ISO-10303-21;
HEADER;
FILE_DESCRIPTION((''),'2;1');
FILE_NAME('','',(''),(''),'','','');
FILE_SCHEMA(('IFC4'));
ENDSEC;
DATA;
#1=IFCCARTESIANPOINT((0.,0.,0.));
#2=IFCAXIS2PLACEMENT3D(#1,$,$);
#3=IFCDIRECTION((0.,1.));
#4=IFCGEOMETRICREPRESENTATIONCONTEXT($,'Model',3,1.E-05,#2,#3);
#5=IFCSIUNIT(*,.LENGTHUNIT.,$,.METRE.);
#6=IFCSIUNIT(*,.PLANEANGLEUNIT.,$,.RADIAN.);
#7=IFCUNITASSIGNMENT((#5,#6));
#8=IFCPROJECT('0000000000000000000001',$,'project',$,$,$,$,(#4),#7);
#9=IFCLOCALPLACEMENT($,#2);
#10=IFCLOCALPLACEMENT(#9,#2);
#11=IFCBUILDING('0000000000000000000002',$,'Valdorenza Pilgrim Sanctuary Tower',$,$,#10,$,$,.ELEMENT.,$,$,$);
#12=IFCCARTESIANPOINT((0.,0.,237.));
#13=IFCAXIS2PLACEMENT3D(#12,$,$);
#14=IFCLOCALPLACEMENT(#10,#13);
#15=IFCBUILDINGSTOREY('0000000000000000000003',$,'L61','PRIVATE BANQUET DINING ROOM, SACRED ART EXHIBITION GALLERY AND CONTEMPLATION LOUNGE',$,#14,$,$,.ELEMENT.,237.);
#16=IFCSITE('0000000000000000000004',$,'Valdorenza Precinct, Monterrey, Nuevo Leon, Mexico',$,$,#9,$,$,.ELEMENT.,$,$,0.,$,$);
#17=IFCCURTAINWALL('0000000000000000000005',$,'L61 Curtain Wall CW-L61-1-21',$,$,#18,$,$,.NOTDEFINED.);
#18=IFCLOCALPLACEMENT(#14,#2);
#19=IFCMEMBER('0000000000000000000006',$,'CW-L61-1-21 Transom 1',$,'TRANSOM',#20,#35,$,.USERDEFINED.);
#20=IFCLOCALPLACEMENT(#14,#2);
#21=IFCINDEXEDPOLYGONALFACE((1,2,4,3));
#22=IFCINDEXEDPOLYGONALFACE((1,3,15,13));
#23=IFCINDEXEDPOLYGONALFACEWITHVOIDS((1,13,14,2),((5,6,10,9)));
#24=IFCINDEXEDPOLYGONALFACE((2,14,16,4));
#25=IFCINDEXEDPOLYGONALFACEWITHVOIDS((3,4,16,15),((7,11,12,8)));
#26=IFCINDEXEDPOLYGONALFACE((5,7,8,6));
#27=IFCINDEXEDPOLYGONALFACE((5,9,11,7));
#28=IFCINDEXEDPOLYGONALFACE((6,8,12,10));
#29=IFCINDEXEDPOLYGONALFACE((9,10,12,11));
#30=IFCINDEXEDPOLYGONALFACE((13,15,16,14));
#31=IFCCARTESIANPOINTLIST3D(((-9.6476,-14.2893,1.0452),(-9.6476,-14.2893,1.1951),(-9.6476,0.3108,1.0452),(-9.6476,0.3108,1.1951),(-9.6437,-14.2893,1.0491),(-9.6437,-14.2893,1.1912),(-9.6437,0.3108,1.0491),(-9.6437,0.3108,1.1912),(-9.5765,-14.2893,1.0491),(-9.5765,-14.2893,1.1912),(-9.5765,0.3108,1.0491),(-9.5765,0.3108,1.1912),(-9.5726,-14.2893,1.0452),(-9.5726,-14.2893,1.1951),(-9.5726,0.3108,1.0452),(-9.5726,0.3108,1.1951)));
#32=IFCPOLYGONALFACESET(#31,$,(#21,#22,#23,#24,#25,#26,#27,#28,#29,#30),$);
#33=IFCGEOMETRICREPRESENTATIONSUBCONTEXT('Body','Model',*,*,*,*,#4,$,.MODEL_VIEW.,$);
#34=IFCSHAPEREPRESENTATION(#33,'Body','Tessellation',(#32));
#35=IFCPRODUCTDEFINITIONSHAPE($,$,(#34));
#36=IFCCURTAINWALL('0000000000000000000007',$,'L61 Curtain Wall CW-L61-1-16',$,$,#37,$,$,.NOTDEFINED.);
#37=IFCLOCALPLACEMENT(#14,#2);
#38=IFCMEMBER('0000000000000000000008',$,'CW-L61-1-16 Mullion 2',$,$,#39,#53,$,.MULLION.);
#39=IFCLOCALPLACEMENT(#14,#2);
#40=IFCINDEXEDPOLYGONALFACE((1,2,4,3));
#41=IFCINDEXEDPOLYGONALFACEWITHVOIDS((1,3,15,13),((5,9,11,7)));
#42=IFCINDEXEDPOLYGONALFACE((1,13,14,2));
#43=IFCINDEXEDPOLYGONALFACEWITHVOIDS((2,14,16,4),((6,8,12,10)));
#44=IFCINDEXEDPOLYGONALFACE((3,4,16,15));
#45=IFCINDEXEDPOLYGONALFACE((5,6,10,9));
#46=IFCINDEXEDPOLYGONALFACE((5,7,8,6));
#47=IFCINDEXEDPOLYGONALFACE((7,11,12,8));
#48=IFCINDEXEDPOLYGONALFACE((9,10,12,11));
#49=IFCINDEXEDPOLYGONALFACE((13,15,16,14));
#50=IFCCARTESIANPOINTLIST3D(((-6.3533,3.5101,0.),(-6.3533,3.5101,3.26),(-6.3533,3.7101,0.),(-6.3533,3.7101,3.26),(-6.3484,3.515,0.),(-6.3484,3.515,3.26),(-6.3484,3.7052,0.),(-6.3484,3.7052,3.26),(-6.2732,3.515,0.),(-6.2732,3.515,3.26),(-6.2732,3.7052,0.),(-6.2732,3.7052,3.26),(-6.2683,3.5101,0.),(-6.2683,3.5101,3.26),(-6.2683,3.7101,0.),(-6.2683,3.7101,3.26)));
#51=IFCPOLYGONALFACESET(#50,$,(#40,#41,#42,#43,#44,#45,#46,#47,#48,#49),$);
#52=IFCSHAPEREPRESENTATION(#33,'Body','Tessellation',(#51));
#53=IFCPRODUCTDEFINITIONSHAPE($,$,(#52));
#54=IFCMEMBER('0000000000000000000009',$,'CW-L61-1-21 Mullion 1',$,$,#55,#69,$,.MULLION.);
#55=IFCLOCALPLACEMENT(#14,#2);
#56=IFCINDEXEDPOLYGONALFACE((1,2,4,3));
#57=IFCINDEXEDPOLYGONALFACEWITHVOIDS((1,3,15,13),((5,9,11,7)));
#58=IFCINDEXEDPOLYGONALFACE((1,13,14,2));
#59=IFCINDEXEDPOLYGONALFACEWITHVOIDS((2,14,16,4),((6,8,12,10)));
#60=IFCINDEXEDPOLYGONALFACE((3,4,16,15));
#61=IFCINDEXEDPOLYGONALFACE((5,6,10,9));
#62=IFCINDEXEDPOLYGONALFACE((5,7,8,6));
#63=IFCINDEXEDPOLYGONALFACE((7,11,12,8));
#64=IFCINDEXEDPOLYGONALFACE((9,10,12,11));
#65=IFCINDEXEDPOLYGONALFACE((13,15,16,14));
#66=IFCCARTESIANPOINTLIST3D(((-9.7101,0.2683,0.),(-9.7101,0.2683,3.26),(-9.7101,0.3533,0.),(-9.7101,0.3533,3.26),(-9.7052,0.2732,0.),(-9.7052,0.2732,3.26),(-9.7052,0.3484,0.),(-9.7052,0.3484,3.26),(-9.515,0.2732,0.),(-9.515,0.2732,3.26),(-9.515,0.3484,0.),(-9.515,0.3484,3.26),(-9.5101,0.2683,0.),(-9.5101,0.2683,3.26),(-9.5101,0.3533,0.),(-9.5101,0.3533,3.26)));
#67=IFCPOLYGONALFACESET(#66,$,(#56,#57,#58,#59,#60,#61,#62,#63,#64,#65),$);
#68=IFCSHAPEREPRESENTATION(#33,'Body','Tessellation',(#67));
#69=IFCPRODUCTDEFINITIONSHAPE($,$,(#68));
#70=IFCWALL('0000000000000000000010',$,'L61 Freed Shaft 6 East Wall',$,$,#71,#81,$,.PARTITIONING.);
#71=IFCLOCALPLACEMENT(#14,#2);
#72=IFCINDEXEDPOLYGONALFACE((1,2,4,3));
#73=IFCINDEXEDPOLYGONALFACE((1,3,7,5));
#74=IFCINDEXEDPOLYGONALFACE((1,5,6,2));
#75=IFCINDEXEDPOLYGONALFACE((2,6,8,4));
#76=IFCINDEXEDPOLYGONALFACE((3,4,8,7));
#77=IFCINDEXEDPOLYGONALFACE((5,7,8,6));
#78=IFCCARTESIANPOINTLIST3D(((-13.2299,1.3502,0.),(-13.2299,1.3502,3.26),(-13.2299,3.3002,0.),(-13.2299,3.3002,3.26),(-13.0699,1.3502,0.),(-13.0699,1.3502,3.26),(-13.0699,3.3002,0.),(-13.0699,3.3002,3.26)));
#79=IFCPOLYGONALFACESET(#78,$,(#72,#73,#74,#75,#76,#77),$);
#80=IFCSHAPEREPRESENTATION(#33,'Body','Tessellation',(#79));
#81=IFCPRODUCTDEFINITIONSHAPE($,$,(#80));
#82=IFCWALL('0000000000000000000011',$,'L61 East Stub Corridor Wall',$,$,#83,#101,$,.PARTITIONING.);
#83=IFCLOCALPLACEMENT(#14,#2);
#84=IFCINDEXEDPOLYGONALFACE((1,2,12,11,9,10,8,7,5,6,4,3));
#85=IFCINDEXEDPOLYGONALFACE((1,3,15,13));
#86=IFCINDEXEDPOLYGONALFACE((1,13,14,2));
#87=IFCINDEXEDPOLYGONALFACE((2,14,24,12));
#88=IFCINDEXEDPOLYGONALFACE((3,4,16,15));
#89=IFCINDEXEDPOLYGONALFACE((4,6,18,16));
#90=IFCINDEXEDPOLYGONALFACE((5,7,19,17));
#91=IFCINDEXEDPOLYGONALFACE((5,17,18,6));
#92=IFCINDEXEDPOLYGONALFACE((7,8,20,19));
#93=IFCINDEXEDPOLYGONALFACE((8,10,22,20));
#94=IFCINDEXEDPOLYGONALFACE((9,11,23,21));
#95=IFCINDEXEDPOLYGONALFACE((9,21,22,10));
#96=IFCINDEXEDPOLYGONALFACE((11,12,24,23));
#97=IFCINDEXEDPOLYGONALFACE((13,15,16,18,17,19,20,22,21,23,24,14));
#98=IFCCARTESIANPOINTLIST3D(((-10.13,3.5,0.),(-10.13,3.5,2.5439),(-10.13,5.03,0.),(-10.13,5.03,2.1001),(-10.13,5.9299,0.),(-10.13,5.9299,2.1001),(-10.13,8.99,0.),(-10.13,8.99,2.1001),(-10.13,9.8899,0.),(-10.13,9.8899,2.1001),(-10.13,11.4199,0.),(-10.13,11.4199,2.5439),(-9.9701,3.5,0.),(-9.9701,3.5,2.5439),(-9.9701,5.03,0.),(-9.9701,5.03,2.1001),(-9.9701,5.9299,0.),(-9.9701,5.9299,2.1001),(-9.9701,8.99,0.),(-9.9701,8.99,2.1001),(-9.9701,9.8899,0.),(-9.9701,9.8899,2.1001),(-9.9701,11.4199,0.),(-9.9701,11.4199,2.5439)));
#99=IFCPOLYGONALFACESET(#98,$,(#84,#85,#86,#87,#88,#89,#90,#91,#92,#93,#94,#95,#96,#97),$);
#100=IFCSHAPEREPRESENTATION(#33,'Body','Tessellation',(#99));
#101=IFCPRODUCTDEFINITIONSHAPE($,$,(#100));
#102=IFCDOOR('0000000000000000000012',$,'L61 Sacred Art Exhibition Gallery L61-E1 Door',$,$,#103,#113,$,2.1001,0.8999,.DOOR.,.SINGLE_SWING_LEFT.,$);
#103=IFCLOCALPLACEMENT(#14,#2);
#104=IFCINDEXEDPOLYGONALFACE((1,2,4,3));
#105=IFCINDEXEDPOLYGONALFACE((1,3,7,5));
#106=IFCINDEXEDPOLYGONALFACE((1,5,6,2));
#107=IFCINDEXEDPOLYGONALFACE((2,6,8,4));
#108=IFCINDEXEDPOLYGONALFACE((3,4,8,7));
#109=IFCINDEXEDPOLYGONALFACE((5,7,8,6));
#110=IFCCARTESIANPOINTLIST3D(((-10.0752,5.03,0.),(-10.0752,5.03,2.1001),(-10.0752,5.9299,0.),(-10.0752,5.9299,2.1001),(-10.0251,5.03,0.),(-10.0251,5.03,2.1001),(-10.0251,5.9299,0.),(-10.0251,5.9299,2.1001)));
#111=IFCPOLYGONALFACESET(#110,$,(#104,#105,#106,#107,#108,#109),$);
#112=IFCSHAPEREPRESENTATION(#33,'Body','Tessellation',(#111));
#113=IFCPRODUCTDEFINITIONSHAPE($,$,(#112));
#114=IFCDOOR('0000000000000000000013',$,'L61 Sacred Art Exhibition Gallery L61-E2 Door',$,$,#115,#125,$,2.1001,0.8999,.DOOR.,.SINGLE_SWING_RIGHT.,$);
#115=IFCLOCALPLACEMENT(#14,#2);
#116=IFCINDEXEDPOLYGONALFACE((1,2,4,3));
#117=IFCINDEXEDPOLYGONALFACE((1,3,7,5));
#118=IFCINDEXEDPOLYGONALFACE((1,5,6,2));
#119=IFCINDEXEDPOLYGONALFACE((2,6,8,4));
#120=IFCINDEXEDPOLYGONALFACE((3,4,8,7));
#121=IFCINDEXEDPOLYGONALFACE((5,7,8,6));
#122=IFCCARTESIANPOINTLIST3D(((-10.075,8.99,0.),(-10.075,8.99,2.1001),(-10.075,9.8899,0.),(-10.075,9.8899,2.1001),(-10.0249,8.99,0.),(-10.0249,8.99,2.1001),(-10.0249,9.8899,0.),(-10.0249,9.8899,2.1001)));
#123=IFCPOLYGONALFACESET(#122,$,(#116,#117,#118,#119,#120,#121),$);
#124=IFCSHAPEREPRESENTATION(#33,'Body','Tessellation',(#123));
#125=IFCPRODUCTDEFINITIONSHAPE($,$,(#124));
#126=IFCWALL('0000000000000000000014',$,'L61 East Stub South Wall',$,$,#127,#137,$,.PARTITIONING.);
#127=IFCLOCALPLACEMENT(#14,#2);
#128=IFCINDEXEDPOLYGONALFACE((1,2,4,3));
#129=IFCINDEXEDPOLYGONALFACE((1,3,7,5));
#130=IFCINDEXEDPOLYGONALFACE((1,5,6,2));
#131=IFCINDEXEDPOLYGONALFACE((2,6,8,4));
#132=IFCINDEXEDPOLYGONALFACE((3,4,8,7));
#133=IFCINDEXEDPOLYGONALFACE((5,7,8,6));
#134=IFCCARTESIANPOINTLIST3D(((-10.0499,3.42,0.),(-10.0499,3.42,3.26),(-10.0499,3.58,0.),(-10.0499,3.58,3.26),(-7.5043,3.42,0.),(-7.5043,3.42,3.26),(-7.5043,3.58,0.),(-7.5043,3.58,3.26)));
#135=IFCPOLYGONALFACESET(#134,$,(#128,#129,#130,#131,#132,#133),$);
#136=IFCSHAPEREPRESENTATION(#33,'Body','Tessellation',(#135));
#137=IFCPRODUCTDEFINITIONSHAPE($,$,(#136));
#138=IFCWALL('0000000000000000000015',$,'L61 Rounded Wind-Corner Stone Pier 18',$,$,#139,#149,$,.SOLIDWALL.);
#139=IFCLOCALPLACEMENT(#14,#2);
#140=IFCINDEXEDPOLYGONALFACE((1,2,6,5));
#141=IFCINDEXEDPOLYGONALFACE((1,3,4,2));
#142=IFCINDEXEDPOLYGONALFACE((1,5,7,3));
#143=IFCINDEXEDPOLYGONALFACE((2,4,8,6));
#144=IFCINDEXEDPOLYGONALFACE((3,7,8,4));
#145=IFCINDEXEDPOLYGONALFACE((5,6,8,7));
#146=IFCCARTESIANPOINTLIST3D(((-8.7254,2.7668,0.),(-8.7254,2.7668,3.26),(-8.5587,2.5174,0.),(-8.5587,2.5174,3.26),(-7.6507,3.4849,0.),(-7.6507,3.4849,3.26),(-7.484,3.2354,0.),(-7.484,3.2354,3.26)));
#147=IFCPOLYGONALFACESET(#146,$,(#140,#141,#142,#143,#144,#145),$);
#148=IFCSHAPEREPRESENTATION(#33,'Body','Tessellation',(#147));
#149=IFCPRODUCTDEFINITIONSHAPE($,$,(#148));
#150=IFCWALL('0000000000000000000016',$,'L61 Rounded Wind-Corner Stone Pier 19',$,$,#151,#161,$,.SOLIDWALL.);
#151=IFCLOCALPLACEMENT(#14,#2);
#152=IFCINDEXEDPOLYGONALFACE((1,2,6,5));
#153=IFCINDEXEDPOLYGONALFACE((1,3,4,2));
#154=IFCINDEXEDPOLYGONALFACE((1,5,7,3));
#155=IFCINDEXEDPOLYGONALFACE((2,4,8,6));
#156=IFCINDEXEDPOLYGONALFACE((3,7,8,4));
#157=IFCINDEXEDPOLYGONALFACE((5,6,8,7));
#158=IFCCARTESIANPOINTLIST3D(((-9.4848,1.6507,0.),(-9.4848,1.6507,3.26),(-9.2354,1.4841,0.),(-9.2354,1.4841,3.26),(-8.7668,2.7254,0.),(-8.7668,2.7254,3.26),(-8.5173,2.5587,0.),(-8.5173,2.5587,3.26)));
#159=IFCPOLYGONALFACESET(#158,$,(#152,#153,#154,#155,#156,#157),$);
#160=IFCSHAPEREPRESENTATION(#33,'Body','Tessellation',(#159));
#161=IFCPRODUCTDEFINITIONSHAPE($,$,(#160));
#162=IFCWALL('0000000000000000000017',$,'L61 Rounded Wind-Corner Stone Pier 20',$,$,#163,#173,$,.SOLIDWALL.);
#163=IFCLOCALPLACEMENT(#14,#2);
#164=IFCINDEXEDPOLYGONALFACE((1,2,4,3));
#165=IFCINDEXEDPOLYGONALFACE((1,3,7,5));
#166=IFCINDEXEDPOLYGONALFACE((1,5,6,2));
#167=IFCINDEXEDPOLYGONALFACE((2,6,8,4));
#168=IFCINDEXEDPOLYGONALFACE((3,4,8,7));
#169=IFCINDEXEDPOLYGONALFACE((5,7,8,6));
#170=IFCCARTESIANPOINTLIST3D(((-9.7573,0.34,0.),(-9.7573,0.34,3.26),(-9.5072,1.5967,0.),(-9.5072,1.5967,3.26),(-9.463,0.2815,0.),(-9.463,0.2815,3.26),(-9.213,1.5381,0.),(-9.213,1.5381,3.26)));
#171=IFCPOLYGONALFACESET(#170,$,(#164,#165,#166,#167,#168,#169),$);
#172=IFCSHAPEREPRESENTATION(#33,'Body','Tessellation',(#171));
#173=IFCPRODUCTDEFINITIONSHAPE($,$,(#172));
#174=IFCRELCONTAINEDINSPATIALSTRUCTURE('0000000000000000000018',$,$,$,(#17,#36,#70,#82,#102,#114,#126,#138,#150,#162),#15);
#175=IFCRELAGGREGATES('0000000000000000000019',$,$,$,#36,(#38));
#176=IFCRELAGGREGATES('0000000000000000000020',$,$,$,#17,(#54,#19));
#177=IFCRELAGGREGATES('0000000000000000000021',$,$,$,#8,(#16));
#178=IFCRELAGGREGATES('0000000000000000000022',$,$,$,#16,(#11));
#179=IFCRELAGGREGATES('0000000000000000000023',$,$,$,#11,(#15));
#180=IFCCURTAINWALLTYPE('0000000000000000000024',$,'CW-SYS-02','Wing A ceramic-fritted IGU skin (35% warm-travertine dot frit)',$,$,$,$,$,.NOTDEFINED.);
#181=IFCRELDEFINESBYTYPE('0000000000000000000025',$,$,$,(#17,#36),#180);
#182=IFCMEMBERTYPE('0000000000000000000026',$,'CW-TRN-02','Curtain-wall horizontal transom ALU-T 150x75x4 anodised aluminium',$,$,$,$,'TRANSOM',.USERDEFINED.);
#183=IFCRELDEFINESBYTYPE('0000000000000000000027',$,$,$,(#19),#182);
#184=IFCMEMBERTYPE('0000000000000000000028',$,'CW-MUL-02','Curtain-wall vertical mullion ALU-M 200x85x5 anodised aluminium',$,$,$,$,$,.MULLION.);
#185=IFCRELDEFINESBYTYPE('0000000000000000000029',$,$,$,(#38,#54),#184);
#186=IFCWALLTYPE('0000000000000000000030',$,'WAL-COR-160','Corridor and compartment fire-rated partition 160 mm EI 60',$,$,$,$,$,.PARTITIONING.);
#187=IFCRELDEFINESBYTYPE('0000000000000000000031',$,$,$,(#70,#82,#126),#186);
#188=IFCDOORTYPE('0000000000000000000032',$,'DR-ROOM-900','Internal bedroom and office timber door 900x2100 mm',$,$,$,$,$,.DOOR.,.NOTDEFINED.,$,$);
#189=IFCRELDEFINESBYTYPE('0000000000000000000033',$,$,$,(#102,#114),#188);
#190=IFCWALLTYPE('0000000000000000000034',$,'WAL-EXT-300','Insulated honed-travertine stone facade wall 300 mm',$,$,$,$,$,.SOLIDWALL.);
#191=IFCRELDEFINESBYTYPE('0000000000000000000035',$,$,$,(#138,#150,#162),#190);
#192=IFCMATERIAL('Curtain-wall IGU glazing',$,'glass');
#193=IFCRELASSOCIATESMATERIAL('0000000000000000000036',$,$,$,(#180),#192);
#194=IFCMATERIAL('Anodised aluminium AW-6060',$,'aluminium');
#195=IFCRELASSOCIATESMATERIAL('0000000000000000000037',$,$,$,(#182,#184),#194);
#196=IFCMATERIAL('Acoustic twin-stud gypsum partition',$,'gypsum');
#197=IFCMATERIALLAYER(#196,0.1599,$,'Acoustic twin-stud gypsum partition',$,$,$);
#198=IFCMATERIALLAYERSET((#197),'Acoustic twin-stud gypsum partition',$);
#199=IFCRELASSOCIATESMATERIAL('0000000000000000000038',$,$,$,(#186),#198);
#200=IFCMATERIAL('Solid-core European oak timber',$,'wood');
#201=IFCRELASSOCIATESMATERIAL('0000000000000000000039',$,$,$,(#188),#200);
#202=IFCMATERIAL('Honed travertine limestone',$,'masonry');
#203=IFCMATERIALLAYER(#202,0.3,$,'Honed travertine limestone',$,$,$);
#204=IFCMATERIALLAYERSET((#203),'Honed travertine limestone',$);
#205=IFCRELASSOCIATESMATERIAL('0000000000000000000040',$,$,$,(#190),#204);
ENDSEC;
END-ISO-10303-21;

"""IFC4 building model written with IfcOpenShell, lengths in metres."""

from ifc_helpers import new_model, si_unit, direction, frame, frame_2d, origin, origin_2d, place, context, subcontext, project, spatial, rectangle, hollow_rectangle, extrude, source, transform, mapped, material, layer, layer_set, material_profile, profile_set, type_object, element, fill, aggregate, save


model = new_model("IFC4")

# Units and contexts
model_context = context("Model", 3, precision=1e-05, world=origin(), true_north=direction((0.0, 1.0)))
body_context = subcontext(model_context, "Body", "Model", "MODEL_VIEW")
ifc_project = project(units=[si_unit("LENGTHUNIT", "METRE"), si_unit("PLANEANGLEUNIT", "RADIAN")], contexts=[model_context])

# Site, building, storey
site_placement = place(None, origin())
site = spatial("IfcSite", under=ifc_project, at=site_placement, Name="Valdorenza Precinct, Monterrey, Nuevo Leon, Mexico", CompositionType="ELEMENT", RefElevation=0.0)
building_placement = place(site_placement, origin())
building = spatial("IfcBuilding", under=site, at=building_placement, Name="Valdorenza Pilgrim Sanctuary Tower", CompositionType="ELEMENT")
storey_placement = place(building_placement, frame((0.0, 0.0, 237.0)))
storey = spatial("IfcBuildingStorey", under=building, at=storey_placement, Name="L61", Description="PRIVATE BANQUET DINING ROOM, SACRED ART EXHIBITION GALLERY AND CONTEMPLATION LOUNGE", CompositionType="ELEMENT", Elevation=237.0)

# Curtain walls, members
ifc_material_1 = material(Name="Curtain-wall IGU glazing", Category="glass")
curtain_wall_type = type_object("IfcCurtainWallType", Name="CW-SYS-02", Description="Wing A ceramic-fritted IGU skin (35% warm-travertine dot frit)", PredefinedType="NOTDEFINED", material=ifc_material_1)
curtain_wall_1_placement = place(storey_placement, origin())
curtain_wall_1 = element("IfcCurtainWall", 1, at=curtain_wall_1_placement, inside=storey, type_object=curtain_wall_type, Name="L61 Curtain Wall CW-L61-1-21", PredefinedType="NOTDEFINED")
ifc_material_2 = material(Name="Anodised aluminium AW-6060", Category="aluminium")
ifc_material_profile_1 = material_profile(ifc_material_2, hollow_rectangle(XDim=0.075, YDim=0.1499, WallThickness=0.0039, at=origin_2d()), Name="ALU-T 150x75x4")
ifc_profile_set_1 = profile_set([ifc_material_profile_1], Name="Anodised aluminium AW-6060")
member_type_1 = type_object("IfcMemberType", Name="CW-TRN-02", Description="Curtain-wall horizontal transom ALU-T 150x75x4 anodised aluminium", ElementType="TRANSOM", PredefinedType="USERDEFINED", material=ifc_profile_set_1)
shared_shape_1 = source(origin(), body_context, "Body", "SweptSolid", [
    extrude(hollow_rectangle(XDim=0.075, YDim=0.1499, WallThickness=0.0039, at=origin_2d()), origin(), (0.0, 0.0, 1.0), 14.6001),
])
member_1_placement = place(storey_placement, frame((-9.6101, 0.3108, 1.1201), z_axis=(0.0, -1.0, 0.0), x_axis=(1.0, 0.0, 0.0)))
member_1 = element("IfcMember", 2, at=member_1_placement, type_object=member_type_1, Name="CW-L61-1-21 Transom 1", ObjectType="TRANSOM", PredefinedType="USERDEFINED", context=body_context, shape_type="MappedRepresentation", body=[
    mapped(shared_shape_1, transform((0.0, 0.0, 0.0), x_axis=(1.0, 0.0, 0.0), y_axis=(0.0, 1.0, 0.0), z_axis=(0.0, 0.0, 1.0), scale=1.0)),
])
curtain_wall_2_placement = place(storey_placement, origin())
curtain_wall_2 = element("IfcCurtainWall", 3, at=curtain_wall_2_placement, inside=storey, type_object=curtain_wall_type, Name="L61 Curtain Wall CW-L61-1-16", PredefinedType="NOTDEFINED")
ifc_material_profile_2 = material_profile(ifc_material_2, hollow_rectangle(XDim=0.085, YDim=0.2, WallThickness=0.0049, at=origin_2d()), Name="ALU-M 200x85x5")
ifc_profile_set_2 = profile_set([ifc_material_profile_2], Name="Anodised aluminium AW-6060")
member_type_2 = type_object("IfcMemberType", Name="CW-MUL-02", Description="Curtain-wall vertical mullion ALU-M 200x85x5 anodised aluminium", PredefinedType="MULLION", material=ifc_profile_set_2)
shared_shape_2 = source(origin(), body_context, "Body", "SweptSolid", [
    extrude(hollow_rectangle(XDim=0.085, YDim=0.2, WallThickness=0.0049, at=origin_2d()), origin(), (0.0, 0.0, 1.0), 3.26),
])
member_2_placement = place(storey_placement, frame((-6.3108, 3.6101, 0.0), z_axis=(0.0, 0.0, 1.0), x_axis=(-1.0, 0.0, 0.0)))
member_2 = element("IfcMember", 4, at=member_2_placement, type_object=member_type_2, Name="CW-L61-1-16 Mullion 2", PredefinedType="MULLION", context=body_context, shape_type="MappedRepresentation", body=[
    mapped(shared_shape_2, transform((0.0, 0.0, 0.0), x_axis=(1.0, 0.0, 0.0), y_axis=(0.0, 1.0, 0.0), z_axis=(0.0, 0.0, 1.0), scale=1.0)),
])
aggregate(curtain_wall_2, [member_2])

# Member
member_3_placement = place(storey_placement, frame((-9.6101, 0.3108, 0.0), z_axis=(0.0, 0.0, 1.0), x_axis=(0.0, -1.0, 0.0)))
member_3 = element("IfcMember", 5, at=member_3_placement, type_object=member_type_2, Name="CW-L61-1-21 Mullion 1", PredefinedType="MULLION", context=body_context, shape_type="MappedRepresentation", body=[
    mapped(shared_shape_2, transform((0.0, 0.0, 0.0), x_axis=(1.0, 0.0, 0.0), y_axis=(0.0, 1.0, 0.0), z_axis=(0.0, 0.0, 1.0), scale=1.0)),
])
aggregate(curtain_wall_1, [member_3, member_1])

# Wall
ifc_material_3 = material(Name="Acoustic twin-stud gypsum partition", Category="gypsum")
ifc_layer_1 = layer(ifc_material_3, 0.1599, Name="Acoustic twin-stud gypsum partition")
ifc_layer_set_1 = layer_set([ifc_layer_1], Name="Acoustic twin-stud gypsum partition")
wall_type_1 = type_object("IfcWallType", Name="WAL-COR-160", Description="Corridor and compartment fire-rated partition 160 mm EI 60", PredefinedType="PARTITIONING", material=ifc_layer_set_1)
wall_1_placement = place(storey_placement, frame((-13.1499, 1.3501, 0.0), z_axis=(0.0, 0.0, 1.0), x_axis=(0.0, 1.0, 0.0)))
element("IfcWall", 6, at=wall_1_placement, inside=storey, type_object=wall_type_1, Name="L61 Freed Shaft 6 East Wall", PredefinedType="PARTITIONING", context=body_context, shape_type="SweptSolid", body=[
    extrude(rectangle(XDim=1.95, YDim=0.1599, at=frame_2d((0.9751, 0.0))), origin(), (0.0, 0.0, 1.0), 3.26),
])

# Wall, openings, doors
wall_2_placement = place(storey_placement, frame((-10.05, 3.5, 0.0), z_axis=(0.0, 0.0, 1.0), x_axis=(0.0, 1.0, 0.0)))
wall_2 = element("IfcWall", 7, at=wall_2_placement, inside=storey, type_object=wall_type_1, Name="L61 East Stub Corridor Wall", PredefinedType="PARTITIONING", context=body_context, shape_type="SweptSolid", body=[
    extrude(rectangle(XDim=7.9199, YDim=0.1599, at=frame_2d((3.96, 0.0))), origin(), (0.0, 0.0, 1.0), 2.5439),
])
opening_1_placement = place(wall_2_placement, frame((1.53, 0.0, 0.0)))
opening_1 = element("IfcOpeningElement", 8, at=opening_1_placement, cuts=wall_2, PredefinedType="OPENING", context=body_context, shape_type="SweptSolid", body=[
    extrude(rectangle(XDim=0.8999, YDim=2.1001, at=frame_2d((0.45, 1.05))), frame((0.0, 0.0947, 0.0), z_axis=(0.0, -1.0, 0.0), x_axis=(1.0, 0.0, 0.0)), (0.0, 0.0, 1.0), 0.1897),
])
opening_2_placement = place(wall_2_placement, frame((5.49, 0.0, 0.0)))
opening_2 = element("IfcOpeningElement", 9, at=opening_2_placement, cuts=wall_2, PredefinedType="OPENING", context=body_context, shape_type="SweptSolid", body=[
    extrude(rectangle(XDim=0.8999, YDim=2.1001, at=frame_2d((0.45, 1.05))), frame((0.0, 0.0947, 0.0), z_axis=(0.0, -1.0, 0.0), x_axis=(1.0, 0.0, 0.0)), (0.0, 0.0, 1.0), 0.1897),
])
ifc_material_4 = material(Name="Solid-core European oak timber", Category="wood")
door_type_1 = type_object("IfcDoorType", Name="DR-ROOM-900", Description="Internal bedroom and office timber door 900x2100 mm", OperationType="NOTDEFINED", PredefinedType="DOOR", material=ifc_material_4)
door_1_placement = place(opening_1_placement, frame((0.8999, 0.0, 0.0), z_axis=(0.0, 0.0, 1.0), x_axis=(-1.0, 0.0, 0.0)))
door_1 = element("IfcDoor", 10, at=door_1_placement, inside=storey, type_object=door_type_1, Name="L61 Sacred Art Exhibition Gallery L61-E1 Door", OperationType="SINGLE_SWING_LEFT", OverallHeight=2.1001, OverallWidth=0.8999, PredefinedType="DOOR", context=body_context, shape_type="SweptSolid", body=[
    extrude(rectangle(XDim=0.8999, YDim=2.1001, at=frame_2d((0.45, 1.05))), frame((0.0, 0.0249, 0.0), z_axis=(0.0, -1.0, 0.0), x_axis=(1.0, 0.0, 0.0)), (0.0, 0.0, 1.0), 0.05),
])
fill(opening_1, door_1)
door_2_placement = place(opening_2_placement, origin())
door_2 = element("IfcDoor", 11, at=door_2_placement, inside=storey, type_object=door_type_1, Name="L61 Sacred Art Exhibition Gallery L61-E2 Door", OperationType="SINGLE_SWING_RIGHT", OverallHeight=2.1001, OverallWidth=0.8999, PredefinedType="DOOR", context=body_context, shape_type="SweptSolid", body=[
    extrude(rectangle(XDim=0.8999, YDim=2.1001, at=frame_2d((0.45, 1.05))), frame((0.0, 0.0249, 0.0), z_axis=(0.0, -1.0, 0.0), x_axis=(1.0, 0.0, 0.0)), (0.0, 0.0, 1.0), 0.05),
])
fill(opening_2, door_2)

# Walls
wall_3_placement = place(storey_placement, frame((-10.05, 3.5, 0.0), z_axis=(0.0, 0.0, 1.0), x_axis=(1.0, 0.0, 0.0)))
element("IfcWall", 12, at=wall_3_placement, inside=storey, type_object=wall_type_1, Name="L61 East Stub South Wall", PredefinedType="PARTITIONING", context=body_context, shape_type="SweptSolid", body=[
    extrude(rectangle(XDim=2.5457, YDim=0.1599, at=frame_2d((1.2729, 0.0))), origin(), (0.0, 0.0, 1.0), 3.26),
])
ifc_material_5 = material(Name="Honed travertine limestone", Category="masonry")
ifc_layer_2 = layer(ifc_material_5, 0.3, Name="Honed travertine limestone")
ifc_layer_set_2 = layer_set([ifc_layer_2], Name="Honed travertine limestone")
wall_type_2 = type_object("IfcWallType", Name="WAL-EXT-300", Description="Insulated honed-travertine stone facade wall 300 mm", PredefinedType="SOLIDWALL", material=ifc_layer_set_2)
for number, where, z_axis, x_axis, name in (
    (13, (-7.5674, 3.3601, 0.0), (0.0, 0.0, 1.0), (-0.831498, -0.555528, 0.0), "L61 Rounded Wind-Corner Stone Pier 18"),
    (14, (-8.6421, 2.6421, 0.0), (0.0, 0.0, 1.0), (-0.555528, -0.831498, 0.0), "L61 Rounded Wind-Corner Stone Pier 19"),
):
    element("IfcWall", number, at=place(storey_placement, frame(where, z_axis=z_axis, x_axis=x_axis)), inside=storey, type_object=wall_type_2, Name=name, PredefinedType="SOLIDWALL", context=body_context, shape_type="SweptSolid", body=[
        extrude(rectangle(XDim=1.2925, YDim=0.3, at=frame_2d((0.6462, 0.0))), origin(), (0.0, 0.0, 1.0), 3.26),
    ])
wall_4_placement = place(storey_placement, frame((-9.3601, 1.5674, 0.0), z_axis=(0.0, 0.0, 1.0), x_axis=(-0.195127, -0.980778, 0.0)))
element("IfcWall", 15, at=wall_4_placement, inside=storey, type_object=wall_type_2, Name="L61 Rounded Wind-Corner Stone Pier 20", PredefinedType="SOLIDWALL", context=body_context, shape_type="SweptSolid", body=[
    extrude(rectangle(XDim=1.2812, YDim=0.3, at=frame_2d((0.6406, 0.0))), origin(), (0.0, 0.0, 1.0), 3.26),
])

save(model, "model.ifc")
